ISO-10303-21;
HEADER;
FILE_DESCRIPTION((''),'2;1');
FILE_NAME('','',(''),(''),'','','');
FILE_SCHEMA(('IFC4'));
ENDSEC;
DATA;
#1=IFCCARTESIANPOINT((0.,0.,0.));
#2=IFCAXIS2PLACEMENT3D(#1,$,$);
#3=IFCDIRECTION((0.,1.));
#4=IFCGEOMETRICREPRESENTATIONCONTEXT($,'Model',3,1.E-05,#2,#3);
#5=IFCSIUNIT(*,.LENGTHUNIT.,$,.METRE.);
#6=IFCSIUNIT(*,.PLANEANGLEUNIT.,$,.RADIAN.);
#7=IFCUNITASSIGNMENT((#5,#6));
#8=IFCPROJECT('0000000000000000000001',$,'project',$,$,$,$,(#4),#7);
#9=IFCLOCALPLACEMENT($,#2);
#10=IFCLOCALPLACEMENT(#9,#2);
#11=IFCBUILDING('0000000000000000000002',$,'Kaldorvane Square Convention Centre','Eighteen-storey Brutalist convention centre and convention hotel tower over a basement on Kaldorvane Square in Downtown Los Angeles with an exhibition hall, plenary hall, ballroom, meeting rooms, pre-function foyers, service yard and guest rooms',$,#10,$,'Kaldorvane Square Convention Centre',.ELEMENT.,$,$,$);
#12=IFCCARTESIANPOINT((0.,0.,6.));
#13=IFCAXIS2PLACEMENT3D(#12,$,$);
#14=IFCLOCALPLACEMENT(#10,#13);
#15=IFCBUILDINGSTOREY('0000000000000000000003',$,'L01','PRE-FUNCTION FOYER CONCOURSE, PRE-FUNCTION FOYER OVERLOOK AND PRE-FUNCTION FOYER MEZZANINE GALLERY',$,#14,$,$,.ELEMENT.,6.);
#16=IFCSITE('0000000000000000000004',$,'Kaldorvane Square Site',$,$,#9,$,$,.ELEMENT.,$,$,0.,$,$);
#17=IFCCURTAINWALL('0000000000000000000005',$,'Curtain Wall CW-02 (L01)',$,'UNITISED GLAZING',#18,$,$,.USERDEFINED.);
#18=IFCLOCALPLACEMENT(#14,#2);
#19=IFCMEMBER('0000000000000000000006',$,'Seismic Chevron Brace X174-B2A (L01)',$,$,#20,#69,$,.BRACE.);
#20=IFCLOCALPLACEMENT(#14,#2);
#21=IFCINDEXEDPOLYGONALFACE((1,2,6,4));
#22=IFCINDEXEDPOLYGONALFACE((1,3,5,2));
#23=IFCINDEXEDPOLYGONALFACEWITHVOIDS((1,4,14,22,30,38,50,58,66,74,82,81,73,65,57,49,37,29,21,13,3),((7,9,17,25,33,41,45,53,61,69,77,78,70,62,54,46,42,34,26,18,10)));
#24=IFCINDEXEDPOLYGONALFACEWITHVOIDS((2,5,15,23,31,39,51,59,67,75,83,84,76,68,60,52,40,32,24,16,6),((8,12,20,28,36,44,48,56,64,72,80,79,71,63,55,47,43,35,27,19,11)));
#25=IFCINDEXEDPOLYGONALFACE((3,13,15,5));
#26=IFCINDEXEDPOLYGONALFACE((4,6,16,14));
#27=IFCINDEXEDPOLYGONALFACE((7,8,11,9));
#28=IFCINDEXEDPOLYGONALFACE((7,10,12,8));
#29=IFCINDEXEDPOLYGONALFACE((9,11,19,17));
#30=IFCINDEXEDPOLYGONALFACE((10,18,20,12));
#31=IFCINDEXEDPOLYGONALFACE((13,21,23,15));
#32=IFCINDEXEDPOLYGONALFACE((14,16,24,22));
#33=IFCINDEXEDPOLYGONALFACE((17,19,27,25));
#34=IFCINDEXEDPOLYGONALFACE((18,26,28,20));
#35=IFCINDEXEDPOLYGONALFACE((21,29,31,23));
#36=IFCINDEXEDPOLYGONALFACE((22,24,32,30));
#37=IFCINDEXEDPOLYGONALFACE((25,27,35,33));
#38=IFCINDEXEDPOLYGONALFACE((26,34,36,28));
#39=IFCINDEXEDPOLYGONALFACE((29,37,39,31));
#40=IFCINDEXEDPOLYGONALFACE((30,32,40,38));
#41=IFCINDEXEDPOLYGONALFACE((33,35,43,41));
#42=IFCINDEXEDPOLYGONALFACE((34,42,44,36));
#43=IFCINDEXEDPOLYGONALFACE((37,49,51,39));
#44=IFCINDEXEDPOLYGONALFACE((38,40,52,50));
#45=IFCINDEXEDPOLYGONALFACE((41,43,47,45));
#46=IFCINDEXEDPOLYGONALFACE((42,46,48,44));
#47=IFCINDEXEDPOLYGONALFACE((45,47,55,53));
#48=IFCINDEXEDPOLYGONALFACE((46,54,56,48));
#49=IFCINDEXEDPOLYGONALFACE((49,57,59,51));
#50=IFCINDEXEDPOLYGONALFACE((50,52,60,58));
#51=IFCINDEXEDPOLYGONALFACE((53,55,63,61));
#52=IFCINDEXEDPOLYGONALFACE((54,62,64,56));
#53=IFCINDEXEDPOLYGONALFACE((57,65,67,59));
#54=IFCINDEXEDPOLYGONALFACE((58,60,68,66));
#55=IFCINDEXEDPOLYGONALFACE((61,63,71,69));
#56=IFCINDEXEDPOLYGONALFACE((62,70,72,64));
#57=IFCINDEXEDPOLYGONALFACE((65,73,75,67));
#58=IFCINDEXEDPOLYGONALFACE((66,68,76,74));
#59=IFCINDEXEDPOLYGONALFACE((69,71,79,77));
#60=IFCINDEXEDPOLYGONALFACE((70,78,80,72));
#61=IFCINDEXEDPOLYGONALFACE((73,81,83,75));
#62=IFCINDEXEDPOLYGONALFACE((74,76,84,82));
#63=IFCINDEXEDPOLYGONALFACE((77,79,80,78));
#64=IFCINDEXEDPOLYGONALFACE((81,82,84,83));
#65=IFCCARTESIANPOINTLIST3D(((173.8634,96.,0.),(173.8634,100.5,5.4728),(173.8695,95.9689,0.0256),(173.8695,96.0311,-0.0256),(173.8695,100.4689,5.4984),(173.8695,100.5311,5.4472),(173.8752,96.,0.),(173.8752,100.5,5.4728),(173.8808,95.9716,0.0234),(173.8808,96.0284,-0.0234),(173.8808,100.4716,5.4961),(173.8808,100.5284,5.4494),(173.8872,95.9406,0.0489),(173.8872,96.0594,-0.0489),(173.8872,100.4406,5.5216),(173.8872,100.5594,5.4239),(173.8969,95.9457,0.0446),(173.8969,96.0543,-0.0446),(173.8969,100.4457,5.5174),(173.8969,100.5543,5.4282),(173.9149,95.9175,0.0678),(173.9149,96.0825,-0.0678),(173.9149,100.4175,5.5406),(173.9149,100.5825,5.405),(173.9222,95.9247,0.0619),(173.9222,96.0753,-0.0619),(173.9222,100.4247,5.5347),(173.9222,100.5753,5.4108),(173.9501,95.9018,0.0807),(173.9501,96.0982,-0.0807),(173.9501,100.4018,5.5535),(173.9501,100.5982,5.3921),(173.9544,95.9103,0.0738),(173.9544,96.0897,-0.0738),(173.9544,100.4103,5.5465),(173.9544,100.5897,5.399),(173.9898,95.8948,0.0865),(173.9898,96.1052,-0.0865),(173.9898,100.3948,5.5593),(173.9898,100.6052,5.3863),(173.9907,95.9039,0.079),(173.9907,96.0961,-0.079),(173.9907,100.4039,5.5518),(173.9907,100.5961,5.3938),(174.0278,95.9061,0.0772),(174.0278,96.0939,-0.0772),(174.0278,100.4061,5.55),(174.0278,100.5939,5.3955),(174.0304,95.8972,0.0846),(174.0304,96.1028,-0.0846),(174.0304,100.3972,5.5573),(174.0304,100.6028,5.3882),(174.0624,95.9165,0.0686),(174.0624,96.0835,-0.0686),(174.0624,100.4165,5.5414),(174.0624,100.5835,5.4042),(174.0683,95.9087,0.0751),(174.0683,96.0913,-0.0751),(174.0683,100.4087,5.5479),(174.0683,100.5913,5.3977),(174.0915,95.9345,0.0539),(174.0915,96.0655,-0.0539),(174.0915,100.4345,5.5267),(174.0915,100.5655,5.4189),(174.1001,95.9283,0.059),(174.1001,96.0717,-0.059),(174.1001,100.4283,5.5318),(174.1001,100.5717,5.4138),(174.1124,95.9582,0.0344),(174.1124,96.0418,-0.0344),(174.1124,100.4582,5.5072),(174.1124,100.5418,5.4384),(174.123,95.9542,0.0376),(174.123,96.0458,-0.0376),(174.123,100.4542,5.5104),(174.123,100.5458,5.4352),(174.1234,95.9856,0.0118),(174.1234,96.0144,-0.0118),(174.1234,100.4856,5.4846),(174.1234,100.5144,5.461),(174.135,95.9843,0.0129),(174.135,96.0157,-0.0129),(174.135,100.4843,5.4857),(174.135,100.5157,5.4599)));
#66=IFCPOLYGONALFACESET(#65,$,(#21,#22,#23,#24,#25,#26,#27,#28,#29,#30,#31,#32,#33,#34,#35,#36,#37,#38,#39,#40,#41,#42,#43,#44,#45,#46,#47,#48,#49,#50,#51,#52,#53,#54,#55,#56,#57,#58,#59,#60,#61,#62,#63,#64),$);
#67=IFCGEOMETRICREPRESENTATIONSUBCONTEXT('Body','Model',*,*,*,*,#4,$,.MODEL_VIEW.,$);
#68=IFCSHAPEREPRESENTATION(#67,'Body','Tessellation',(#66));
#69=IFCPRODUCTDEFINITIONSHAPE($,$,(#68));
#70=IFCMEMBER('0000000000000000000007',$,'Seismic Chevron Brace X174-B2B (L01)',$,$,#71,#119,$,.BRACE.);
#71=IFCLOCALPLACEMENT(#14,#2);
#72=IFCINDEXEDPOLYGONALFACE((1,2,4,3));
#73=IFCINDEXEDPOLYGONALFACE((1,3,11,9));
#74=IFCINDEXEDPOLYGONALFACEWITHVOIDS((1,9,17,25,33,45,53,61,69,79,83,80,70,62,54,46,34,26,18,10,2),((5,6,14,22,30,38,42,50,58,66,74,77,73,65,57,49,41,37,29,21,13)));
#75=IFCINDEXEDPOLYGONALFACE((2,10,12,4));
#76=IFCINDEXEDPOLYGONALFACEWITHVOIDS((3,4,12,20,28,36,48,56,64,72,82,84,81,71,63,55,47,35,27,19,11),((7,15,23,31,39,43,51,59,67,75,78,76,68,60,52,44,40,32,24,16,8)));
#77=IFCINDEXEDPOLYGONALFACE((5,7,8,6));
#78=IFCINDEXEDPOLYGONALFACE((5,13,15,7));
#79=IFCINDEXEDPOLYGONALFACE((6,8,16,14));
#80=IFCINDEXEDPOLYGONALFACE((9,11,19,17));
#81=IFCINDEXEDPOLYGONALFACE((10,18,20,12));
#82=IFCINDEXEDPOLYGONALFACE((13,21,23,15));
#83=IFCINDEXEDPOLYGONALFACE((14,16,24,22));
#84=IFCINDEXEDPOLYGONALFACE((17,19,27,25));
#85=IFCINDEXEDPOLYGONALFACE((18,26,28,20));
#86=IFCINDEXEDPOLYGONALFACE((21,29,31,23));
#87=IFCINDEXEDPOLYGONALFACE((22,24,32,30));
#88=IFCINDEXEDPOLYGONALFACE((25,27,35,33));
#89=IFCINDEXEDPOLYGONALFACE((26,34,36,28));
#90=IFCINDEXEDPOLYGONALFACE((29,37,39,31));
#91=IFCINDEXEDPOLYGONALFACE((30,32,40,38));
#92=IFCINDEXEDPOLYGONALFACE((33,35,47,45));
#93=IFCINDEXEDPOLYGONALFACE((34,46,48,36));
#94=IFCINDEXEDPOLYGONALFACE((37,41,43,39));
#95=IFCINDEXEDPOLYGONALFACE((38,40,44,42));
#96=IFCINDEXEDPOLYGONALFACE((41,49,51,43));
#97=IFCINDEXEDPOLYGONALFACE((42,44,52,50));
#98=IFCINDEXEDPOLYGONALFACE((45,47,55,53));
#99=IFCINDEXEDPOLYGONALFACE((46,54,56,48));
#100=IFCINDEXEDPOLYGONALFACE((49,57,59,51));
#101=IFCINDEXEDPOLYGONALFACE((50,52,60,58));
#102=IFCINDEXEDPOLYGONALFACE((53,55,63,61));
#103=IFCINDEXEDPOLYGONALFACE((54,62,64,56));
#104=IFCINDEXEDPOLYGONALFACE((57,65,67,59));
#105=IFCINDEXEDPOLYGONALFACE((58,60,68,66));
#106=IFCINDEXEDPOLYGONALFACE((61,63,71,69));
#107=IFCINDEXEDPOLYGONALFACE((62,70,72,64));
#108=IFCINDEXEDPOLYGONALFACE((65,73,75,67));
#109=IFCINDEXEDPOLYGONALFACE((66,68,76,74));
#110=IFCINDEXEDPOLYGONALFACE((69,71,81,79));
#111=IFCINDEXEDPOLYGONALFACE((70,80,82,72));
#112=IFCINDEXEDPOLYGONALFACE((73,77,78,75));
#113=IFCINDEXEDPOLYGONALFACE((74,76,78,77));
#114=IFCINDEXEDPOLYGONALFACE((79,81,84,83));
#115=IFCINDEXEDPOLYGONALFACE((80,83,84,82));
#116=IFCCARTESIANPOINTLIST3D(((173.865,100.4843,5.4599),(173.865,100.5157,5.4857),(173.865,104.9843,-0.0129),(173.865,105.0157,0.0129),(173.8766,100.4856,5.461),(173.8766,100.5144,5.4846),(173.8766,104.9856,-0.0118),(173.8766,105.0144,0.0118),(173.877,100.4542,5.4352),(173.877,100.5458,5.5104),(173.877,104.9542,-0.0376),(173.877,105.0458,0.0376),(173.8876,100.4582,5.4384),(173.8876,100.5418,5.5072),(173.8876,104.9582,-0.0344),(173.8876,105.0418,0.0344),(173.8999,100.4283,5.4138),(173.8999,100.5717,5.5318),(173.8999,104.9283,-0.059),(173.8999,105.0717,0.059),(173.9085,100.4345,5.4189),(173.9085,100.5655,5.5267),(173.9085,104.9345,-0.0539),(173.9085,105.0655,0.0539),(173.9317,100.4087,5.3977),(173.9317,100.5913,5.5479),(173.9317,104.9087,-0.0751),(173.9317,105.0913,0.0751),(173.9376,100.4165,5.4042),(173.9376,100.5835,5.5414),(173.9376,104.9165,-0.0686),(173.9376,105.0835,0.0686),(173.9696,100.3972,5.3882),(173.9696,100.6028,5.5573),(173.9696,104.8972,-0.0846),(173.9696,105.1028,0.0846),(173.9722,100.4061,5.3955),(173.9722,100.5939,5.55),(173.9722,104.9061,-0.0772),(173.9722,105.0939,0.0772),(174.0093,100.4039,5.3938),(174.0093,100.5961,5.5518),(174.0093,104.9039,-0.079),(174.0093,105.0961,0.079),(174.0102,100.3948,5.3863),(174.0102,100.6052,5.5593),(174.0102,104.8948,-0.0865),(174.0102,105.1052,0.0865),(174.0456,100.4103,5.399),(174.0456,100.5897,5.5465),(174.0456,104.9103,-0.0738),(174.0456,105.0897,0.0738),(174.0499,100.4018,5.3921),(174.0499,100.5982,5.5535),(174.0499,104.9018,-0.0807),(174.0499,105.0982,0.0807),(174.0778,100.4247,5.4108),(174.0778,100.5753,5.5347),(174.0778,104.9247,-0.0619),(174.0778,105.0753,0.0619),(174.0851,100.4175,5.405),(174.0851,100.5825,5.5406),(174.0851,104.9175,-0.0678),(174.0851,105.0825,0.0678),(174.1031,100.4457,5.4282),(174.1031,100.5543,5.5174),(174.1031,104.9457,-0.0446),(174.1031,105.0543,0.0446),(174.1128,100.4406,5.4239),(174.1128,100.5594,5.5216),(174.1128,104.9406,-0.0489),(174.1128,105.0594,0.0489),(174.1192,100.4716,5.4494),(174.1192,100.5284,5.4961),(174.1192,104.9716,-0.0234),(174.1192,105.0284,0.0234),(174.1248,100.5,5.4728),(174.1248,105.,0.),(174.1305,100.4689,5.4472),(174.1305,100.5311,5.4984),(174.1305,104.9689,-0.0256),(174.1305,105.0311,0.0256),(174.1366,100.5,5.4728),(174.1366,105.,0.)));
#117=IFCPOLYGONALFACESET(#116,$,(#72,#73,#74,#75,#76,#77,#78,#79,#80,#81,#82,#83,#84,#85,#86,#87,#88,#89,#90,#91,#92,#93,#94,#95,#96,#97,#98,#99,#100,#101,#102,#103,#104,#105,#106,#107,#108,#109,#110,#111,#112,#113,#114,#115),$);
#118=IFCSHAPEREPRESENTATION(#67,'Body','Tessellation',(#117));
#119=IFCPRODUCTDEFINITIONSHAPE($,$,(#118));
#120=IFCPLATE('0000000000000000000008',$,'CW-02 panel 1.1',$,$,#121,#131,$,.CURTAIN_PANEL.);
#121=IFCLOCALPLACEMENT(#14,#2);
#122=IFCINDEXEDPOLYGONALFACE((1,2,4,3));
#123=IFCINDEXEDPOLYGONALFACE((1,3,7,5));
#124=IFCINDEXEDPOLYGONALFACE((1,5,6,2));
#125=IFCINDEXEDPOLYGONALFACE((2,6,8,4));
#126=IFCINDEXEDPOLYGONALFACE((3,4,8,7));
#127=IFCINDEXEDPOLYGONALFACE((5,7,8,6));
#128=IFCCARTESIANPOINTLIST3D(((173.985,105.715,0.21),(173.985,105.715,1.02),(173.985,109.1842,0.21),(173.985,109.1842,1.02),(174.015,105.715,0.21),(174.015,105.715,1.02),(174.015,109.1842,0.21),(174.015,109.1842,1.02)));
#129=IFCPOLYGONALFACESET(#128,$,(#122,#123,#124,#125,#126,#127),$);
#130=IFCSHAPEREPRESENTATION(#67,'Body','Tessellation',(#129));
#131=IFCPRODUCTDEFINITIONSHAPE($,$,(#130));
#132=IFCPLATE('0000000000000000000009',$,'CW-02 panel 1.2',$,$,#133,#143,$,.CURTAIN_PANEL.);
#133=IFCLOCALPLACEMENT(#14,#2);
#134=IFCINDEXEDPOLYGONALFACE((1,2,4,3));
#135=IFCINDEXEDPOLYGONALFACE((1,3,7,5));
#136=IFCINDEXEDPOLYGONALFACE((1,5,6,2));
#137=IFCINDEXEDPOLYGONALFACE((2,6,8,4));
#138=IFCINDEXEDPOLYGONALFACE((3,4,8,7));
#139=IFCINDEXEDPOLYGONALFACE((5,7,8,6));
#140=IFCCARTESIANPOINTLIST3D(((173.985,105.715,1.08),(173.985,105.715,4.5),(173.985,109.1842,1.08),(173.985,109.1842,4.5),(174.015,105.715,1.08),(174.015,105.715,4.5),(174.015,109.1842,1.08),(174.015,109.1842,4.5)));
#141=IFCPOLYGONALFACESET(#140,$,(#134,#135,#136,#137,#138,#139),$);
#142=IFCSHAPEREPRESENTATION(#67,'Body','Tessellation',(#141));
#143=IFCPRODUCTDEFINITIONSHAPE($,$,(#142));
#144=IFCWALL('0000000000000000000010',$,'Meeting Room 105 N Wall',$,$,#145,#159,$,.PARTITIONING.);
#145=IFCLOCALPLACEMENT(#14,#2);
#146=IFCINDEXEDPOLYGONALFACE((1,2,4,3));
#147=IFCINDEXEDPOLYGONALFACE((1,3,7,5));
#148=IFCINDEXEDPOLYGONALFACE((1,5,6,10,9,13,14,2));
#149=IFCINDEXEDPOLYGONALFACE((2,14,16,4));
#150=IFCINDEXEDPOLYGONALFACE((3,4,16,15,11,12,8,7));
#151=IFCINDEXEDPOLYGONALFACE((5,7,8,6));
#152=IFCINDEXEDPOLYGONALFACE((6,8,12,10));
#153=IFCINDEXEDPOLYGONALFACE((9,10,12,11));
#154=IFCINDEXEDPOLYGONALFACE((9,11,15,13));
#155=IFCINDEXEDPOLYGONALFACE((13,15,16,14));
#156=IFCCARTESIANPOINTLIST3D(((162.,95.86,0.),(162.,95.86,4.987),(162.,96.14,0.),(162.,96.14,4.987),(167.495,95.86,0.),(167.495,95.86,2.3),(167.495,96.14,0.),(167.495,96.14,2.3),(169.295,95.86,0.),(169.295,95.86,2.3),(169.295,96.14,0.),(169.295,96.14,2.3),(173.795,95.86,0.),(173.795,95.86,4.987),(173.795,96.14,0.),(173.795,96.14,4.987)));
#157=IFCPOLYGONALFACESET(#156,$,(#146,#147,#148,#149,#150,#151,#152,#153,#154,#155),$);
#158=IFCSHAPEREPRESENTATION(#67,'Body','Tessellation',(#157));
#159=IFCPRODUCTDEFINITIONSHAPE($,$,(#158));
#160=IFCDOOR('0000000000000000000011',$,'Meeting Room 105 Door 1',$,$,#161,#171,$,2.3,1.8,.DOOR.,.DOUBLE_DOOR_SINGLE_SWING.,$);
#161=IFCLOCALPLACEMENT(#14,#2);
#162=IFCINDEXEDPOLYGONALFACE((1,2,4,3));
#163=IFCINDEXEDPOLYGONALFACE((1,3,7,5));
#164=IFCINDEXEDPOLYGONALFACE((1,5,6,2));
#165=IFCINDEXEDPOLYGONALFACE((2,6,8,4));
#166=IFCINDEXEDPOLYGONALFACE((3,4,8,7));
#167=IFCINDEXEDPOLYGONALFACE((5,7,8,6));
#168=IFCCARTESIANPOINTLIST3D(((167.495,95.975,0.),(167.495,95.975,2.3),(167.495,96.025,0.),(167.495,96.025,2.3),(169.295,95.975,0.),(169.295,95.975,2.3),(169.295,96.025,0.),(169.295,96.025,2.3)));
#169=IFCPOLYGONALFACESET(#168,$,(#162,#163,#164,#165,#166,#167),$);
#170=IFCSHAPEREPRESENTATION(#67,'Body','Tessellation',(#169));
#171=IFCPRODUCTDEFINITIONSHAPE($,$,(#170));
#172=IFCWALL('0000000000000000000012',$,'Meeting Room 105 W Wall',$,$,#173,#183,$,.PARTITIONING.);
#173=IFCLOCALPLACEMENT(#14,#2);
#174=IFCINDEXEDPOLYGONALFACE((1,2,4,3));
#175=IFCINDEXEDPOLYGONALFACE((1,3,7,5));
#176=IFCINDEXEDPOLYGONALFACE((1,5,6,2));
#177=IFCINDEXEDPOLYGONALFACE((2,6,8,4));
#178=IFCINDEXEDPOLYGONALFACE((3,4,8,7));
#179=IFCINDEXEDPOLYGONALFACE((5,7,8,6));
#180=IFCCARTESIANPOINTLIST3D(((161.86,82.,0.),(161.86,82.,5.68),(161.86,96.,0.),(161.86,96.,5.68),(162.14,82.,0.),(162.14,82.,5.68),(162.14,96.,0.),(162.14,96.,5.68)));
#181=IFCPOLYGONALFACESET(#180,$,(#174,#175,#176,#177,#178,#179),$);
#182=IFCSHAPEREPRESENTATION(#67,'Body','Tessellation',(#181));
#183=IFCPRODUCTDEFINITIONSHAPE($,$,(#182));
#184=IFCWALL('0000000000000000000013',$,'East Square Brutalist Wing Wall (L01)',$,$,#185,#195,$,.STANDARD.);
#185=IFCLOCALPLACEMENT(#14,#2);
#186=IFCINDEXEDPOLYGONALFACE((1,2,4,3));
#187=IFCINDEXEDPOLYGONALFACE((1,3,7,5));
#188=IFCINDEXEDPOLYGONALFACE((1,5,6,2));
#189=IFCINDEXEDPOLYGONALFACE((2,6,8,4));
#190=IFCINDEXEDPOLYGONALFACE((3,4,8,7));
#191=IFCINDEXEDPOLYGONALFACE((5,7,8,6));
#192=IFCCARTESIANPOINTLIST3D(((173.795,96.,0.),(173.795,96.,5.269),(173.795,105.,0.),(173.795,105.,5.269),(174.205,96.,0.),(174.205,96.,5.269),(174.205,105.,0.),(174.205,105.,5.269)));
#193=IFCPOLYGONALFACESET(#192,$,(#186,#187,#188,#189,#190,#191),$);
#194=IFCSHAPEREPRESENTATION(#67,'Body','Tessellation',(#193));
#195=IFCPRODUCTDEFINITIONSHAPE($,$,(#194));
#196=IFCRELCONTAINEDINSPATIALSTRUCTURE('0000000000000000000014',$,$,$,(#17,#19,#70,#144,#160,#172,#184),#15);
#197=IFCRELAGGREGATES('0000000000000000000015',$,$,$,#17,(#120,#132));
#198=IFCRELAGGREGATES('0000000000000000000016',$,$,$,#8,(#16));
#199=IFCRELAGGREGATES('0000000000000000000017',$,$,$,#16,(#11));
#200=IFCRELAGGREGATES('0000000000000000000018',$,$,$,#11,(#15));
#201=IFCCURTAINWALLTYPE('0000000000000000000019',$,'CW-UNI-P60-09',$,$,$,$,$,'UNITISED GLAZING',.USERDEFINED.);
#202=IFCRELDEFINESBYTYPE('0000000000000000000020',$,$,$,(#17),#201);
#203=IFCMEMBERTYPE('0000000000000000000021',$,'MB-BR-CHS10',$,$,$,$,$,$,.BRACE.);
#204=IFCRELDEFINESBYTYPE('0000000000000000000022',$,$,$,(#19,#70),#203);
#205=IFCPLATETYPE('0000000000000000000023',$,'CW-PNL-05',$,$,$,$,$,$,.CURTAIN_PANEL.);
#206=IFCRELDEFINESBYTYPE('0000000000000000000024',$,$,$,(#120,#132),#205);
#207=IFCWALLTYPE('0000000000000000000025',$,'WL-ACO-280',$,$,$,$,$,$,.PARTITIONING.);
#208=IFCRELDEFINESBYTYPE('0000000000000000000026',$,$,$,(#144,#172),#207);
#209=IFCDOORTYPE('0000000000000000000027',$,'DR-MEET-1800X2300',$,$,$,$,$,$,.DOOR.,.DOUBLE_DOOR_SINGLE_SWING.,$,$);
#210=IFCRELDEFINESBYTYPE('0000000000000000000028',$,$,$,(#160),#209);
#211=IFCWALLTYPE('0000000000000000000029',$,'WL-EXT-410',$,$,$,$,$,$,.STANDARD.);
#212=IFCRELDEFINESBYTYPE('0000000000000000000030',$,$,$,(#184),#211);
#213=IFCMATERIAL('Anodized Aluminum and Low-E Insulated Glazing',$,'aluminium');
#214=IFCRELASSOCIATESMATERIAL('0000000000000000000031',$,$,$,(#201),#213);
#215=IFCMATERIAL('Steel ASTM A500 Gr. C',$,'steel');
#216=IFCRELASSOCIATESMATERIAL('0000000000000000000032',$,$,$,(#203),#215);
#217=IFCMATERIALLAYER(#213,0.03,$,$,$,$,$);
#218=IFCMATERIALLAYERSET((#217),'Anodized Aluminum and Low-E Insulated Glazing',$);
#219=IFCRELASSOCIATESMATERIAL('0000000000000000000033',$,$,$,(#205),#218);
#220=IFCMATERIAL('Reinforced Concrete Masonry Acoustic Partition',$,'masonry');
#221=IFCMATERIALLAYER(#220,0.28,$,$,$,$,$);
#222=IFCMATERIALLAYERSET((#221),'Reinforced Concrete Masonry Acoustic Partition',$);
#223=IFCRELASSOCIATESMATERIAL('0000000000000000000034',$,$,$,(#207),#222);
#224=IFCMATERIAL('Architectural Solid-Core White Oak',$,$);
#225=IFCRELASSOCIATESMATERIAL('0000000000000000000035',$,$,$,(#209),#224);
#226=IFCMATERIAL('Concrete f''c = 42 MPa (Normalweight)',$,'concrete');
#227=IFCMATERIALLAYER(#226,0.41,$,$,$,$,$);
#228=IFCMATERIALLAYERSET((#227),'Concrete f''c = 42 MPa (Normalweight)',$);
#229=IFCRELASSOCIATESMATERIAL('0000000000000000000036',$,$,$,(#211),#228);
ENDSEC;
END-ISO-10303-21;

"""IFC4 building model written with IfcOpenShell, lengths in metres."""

from ifc_helpers import new_model, si_unit, direction, frame, frame_2d, origin, origin_2d, place, context, subcontext, project, spatial, rectangle, hollow_circle, extrude, material, layer, layer_set, material_profile, profile_set, type_object, element, fill, aggregate, save


model = new_model("IFC4")

# Units and contexts
model_context = context("Model", 3, precision=1e-05, world=origin(), true_north=direction((0.0, 1.0)))
body_context = subcontext(model_context, "Body", "Model", "MODEL_VIEW")
ifc_project = project(units=[si_unit("LENGTHUNIT", "METRE"), si_unit("PLANEANGLEUNIT", "RADIAN")], contexts=[model_context])

# Site, building, storey
site_placement = place(None, origin())
site = spatial("IfcSite", under=ifc_project, at=site_placement, Name="Kaldorvane Square Site", CompositionType="ELEMENT", RefElevation=0.0)
building_placement = place(site_placement, origin())
building = spatial("IfcBuilding", under=site, at=building_placement, Name="Kaldorvane Square Convention Centre", Description="Eighteen-storey Brutalist convention centre and convention hotel tower over a basement on Kaldorvane Square in Downtown Los Angeles with an exhibition hall, plenary hall, ballroom, meeting rooms, pre-function foyers, service yard and guest rooms", LongName="Kaldorvane Square Convention Centre", CompositionType="ELEMENT")
storey_placement = place(building_placement, frame((0.0, 0.0, 6.0)))
storey = spatial("IfcBuildingStorey", under=building, at=storey_placement, Name="L01", Description="PRE-FUNCTION FOYER CONCOURSE, PRE-FUNCTION FOYER OVERLOOK AND PRE-FUNCTION FOYER MEZZANINE GALLERY", CompositionType="ELEMENT", Elevation=6.0)

# Shared definitions
ifc_material_1 = material(Name="Concrete f'c = 42 MPa (Normalweight)", Category="concrete")

# Shared definitions
ifc_material_2 = material(Name="Steel ASTM A500 Gr. C", Category="steel")

# Shared definitions
ifc_material_3 = material(Name="Anodized Aluminum and Low-E Insulated Glazing", Category="aluminium")
curtain_wall_type = type_object("IfcCurtainWallType", Name="CW-UNI-P60-09", ElementType="UNITISED GLAZING", PredefinedType="USERDEFINED", material=ifc_material_3)

# Curtain wall
curtain_wall_1_placement = place(storey_placement, origin())
curtain_wall_1 = element("IfcCurtainWall", 1, at=curtain_wall_1_placement, inside=storey, type_object=curtain_wall_type, Name="Curtain Wall CW-02 (L01)", ObjectType="UNITISED GLAZING", PredefinedType="USERDEFINED")

# Members
ifc_material_profile_1 = material_profile(ifc_material_2, hollow_circle(Radius=0.1366, WallThickness=0.0118, at=origin_2d()), Name="HSS10.750X0.500")
ifc_profile_set_1 = profile_set([ifc_material_profile_1], Name="Steel ASTM A500 Gr. C")
member_type_1 = type_object("IfcMemberType", Name="MB-BR-CHS10", PredefinedType="BRACE", material=ifc_profile_set_1)
for number, where, z_axis, x_axis, name in (
    (2, (174.0, 96.0, 0.0), (0.0, 0.635118, 0.772415), (-1.0, 0.0, 0.0), "Seismic Chevron Brace X174-B2A (L01)"),
    (3, (174.0, 105.0, 0.0), (0.0, -0.635118, 0.772415), (1.0, 0.0, 0.0), "Seismic Chevron Brace X174-B2B (L01)"),
):
    element("IfcMember", number, at=place(storey_placement, frame(where, z_axis=z_axis, x_axis=x_axis)), inside=storey, type_object=member_type_1, Name=name, PredefinedType="BRACE", context=body_context, shape_type="SweptSolid", body=[
        extrude(hollow_circle(Radius=0.1366, WallThickness=0.0118, at=origin_2d()), origin(), (0.0, 0.0, 1.0), 7.0853),
    ])

# Plates
ifc_layer_1 = layer(ifc_material_3, 0.03)
ifc_layer_set_1 = layer_set([ifc_layer_1], Name="Anodized Aluminum and Low-E Insulated Glazing")
plate_type = type_object("IfcPlateType", Name="CW-PNL-05", PredefinedType="CURTAIN_PANEL", material=ifc_layer_set_1)
plate_1_placement = place(storey_placement, frame((174.0, 107.4496, 0.21), z_axis=(0.0, 0.0, 1.0), x_axis=(0.0, 1.0, 0.0)))
plate_1 = element("IfcPlate", 4, at=plate_1_placement, type_object=plate_type, Name="CW-02 panel 1.1", PredefinedType="CURTAIN_PANEL", context=body_context, shape_type="SweptSolid", body=[
    extrude(rectangle(XDim=3.4692, YDim=0.03, at=origin_2d()), origin(), (0.0, 0.0, 1.0), 0.81),
])
plate_2_placement = place(storey_placement, frame((174.0, 107.4496, 1.08), z_axis=(0.0, 0.0, 1.0), x_axis=(0.0, 1.0, 0.0)))
plate_2 = element("IfcPlate", 5, at=plate_2_placement, type_object=plate_type, Name="CW-02 panel 1.2", PredefinedType="CURTAIN_PANEL", context=body_context, shape_type="SweptSolid", body=[
    extrude(rectangle(XDim=3.4692, YDim=0.03, at=origin_2d()), origin(), (0.0, 0.0, 1.0), 3.42),
])
aggregate(curtain_wall_1, [plate_1, plate_2])

# Wall, opening, door
ifc_material_4 = material(Name="Reinforced Concrete Masonry Acoustic Partition", Category="masonry")
ifc_layer_2 = layer(ifc_material_4, 0.28)
ifc_layer_set_2 = layer_set([ifc_layer_2], Name="Reinforced Concrete Masonry Acoustic Partition")
wall_type_1 = type_object("IfcWallType", Name="WL-ACO-280", PredefinedType="PARTITIONING", material=ifc_layer_set_2)
wall_1_placement = place(storey_placement, frame((173.795, 96.0, 0.0), z_axis=(0.0, 0.0, 1.0), x_axis=(-1.0, 0.0, 0.0)))
wall_1 = element("IfcWall", 6, at=wall_1_placement, inside=storey, type_object=wall_type_1, Name="Meeting Room 105 N Wall", PredefinedType="PARTITIONING", context=body_context, shape_type="SweptSolid", body=[
    extrude(rectangle(XDim=11.795, YDim=0.28, at=frame_2d((5.8975, 0.0))), origin(), (0.0, 0.0, 1.0), 4.987),
])
opening_placement = place(wall_1_placement, frame((4.5, 0.0, 0.0)))
opening = element("IfcOpeningElement", 7, at=opening_placement, cuts=wall_1, PredefinedType="OPENING", context=body_context, shape_type="SweptSolid", body=[
    extrude(rectangle(XDim=1.8, YDim=2.3, at=frame_2d((0.9, 1.15))), frame((0.0, 0.155, 0.0), z_axis=(0.0, -1.0, 0.0), x_axis=(1.0, 0.0, 0.0)), (0.0, 0.0, 1.0), 0.31),
])
ifc_material_5 = material(Name="Architectural Solid-Core White Oak")
door_type = type_object("IfcDoorType", Name="DR-MEET-1800X2300", OperationType="DOUBLE_DOOR_SINGLE_SWING", PredefinedType="DOOR", material=ifc_material_5)
door_placement = place(opening_placement, origin())
door = element("IfcDoor", 8, at=door_placement, inside=storey, type_object=door_type, Name="Meeting Room 105 Door 1", OperationType="DOUBLE_DOOR_SINGLE_SWING", OverallHeight=2.3, OverallWidth=1.8, PredefinedType="DOOR", context=body_context, shape_type="SweptSolid", body=[
    extrude(rectangle(XDim=1.8, YDim=2.3, at=frame_2d((0.9, 1.15))), frame((0.0, 0.025, 0.0), z_axis=(0.0, -1.0, 0.0), x_axis=(1.0, 0.0, 0.0)), (0.0, 0.0, 1.0), 0.05),
])
fill(opening, door)

# Walls
wall_2_placement = place(storey_placement, frame((162.0, 96.0, 0.0), z_axis=(0.0, 0.0, 1.0), x_axis=(0.0, -1.0, 0.0)))
element("IfcWall", 9, at=wall_2_placement, inside=storey, type_object=wall_type_1, Name="Meeting Room 105 W Wall", PredefinedType="PARTITIONING", context=body_context, shape_type="SweptSolid", body=[
    extrude(rectangle(XDim=14.0, YDim=0.28, at=frame_2d((7.0, 0.0))), origin(), (0.0, 0.0, 1.0), 5.68),
])
ifc_layer_3 = layer(ifc_material_1, 0.41)
ifc_layer_set_3 = layer_set([ifc_layer_3], Name="Concrete f'c = 42 MPa (Normalweight)")
wall_type_2 = type_object("IfcWallType", Name="WL-EXT-410", PredefinedType="STANDARD", material=ifc_layer_set_3)
wall_3_placement = place(storey_placement, frame((174.0, 96.0, 0.0), z_axis=(0.0, 0.0, 1.0), x_axis=(0.0, 1.0, 0.0)))
element("IfcWall", 10, at=wall_3_placement, inside=storey, type_object=wall_type_2, Name="East Square Brutalist Wing Wall (L01)", PredefinedType="STANDARD", context=body_context, shape_type="SweptSolid", body=[
    extrude(rectangle(XDim=9.0, YDim=0.41, at=frame_2d((4.5, 0.0))), origin(), (0.0, 0.0, 1.0), 5.269),
])

save(model, "model.ifc")
